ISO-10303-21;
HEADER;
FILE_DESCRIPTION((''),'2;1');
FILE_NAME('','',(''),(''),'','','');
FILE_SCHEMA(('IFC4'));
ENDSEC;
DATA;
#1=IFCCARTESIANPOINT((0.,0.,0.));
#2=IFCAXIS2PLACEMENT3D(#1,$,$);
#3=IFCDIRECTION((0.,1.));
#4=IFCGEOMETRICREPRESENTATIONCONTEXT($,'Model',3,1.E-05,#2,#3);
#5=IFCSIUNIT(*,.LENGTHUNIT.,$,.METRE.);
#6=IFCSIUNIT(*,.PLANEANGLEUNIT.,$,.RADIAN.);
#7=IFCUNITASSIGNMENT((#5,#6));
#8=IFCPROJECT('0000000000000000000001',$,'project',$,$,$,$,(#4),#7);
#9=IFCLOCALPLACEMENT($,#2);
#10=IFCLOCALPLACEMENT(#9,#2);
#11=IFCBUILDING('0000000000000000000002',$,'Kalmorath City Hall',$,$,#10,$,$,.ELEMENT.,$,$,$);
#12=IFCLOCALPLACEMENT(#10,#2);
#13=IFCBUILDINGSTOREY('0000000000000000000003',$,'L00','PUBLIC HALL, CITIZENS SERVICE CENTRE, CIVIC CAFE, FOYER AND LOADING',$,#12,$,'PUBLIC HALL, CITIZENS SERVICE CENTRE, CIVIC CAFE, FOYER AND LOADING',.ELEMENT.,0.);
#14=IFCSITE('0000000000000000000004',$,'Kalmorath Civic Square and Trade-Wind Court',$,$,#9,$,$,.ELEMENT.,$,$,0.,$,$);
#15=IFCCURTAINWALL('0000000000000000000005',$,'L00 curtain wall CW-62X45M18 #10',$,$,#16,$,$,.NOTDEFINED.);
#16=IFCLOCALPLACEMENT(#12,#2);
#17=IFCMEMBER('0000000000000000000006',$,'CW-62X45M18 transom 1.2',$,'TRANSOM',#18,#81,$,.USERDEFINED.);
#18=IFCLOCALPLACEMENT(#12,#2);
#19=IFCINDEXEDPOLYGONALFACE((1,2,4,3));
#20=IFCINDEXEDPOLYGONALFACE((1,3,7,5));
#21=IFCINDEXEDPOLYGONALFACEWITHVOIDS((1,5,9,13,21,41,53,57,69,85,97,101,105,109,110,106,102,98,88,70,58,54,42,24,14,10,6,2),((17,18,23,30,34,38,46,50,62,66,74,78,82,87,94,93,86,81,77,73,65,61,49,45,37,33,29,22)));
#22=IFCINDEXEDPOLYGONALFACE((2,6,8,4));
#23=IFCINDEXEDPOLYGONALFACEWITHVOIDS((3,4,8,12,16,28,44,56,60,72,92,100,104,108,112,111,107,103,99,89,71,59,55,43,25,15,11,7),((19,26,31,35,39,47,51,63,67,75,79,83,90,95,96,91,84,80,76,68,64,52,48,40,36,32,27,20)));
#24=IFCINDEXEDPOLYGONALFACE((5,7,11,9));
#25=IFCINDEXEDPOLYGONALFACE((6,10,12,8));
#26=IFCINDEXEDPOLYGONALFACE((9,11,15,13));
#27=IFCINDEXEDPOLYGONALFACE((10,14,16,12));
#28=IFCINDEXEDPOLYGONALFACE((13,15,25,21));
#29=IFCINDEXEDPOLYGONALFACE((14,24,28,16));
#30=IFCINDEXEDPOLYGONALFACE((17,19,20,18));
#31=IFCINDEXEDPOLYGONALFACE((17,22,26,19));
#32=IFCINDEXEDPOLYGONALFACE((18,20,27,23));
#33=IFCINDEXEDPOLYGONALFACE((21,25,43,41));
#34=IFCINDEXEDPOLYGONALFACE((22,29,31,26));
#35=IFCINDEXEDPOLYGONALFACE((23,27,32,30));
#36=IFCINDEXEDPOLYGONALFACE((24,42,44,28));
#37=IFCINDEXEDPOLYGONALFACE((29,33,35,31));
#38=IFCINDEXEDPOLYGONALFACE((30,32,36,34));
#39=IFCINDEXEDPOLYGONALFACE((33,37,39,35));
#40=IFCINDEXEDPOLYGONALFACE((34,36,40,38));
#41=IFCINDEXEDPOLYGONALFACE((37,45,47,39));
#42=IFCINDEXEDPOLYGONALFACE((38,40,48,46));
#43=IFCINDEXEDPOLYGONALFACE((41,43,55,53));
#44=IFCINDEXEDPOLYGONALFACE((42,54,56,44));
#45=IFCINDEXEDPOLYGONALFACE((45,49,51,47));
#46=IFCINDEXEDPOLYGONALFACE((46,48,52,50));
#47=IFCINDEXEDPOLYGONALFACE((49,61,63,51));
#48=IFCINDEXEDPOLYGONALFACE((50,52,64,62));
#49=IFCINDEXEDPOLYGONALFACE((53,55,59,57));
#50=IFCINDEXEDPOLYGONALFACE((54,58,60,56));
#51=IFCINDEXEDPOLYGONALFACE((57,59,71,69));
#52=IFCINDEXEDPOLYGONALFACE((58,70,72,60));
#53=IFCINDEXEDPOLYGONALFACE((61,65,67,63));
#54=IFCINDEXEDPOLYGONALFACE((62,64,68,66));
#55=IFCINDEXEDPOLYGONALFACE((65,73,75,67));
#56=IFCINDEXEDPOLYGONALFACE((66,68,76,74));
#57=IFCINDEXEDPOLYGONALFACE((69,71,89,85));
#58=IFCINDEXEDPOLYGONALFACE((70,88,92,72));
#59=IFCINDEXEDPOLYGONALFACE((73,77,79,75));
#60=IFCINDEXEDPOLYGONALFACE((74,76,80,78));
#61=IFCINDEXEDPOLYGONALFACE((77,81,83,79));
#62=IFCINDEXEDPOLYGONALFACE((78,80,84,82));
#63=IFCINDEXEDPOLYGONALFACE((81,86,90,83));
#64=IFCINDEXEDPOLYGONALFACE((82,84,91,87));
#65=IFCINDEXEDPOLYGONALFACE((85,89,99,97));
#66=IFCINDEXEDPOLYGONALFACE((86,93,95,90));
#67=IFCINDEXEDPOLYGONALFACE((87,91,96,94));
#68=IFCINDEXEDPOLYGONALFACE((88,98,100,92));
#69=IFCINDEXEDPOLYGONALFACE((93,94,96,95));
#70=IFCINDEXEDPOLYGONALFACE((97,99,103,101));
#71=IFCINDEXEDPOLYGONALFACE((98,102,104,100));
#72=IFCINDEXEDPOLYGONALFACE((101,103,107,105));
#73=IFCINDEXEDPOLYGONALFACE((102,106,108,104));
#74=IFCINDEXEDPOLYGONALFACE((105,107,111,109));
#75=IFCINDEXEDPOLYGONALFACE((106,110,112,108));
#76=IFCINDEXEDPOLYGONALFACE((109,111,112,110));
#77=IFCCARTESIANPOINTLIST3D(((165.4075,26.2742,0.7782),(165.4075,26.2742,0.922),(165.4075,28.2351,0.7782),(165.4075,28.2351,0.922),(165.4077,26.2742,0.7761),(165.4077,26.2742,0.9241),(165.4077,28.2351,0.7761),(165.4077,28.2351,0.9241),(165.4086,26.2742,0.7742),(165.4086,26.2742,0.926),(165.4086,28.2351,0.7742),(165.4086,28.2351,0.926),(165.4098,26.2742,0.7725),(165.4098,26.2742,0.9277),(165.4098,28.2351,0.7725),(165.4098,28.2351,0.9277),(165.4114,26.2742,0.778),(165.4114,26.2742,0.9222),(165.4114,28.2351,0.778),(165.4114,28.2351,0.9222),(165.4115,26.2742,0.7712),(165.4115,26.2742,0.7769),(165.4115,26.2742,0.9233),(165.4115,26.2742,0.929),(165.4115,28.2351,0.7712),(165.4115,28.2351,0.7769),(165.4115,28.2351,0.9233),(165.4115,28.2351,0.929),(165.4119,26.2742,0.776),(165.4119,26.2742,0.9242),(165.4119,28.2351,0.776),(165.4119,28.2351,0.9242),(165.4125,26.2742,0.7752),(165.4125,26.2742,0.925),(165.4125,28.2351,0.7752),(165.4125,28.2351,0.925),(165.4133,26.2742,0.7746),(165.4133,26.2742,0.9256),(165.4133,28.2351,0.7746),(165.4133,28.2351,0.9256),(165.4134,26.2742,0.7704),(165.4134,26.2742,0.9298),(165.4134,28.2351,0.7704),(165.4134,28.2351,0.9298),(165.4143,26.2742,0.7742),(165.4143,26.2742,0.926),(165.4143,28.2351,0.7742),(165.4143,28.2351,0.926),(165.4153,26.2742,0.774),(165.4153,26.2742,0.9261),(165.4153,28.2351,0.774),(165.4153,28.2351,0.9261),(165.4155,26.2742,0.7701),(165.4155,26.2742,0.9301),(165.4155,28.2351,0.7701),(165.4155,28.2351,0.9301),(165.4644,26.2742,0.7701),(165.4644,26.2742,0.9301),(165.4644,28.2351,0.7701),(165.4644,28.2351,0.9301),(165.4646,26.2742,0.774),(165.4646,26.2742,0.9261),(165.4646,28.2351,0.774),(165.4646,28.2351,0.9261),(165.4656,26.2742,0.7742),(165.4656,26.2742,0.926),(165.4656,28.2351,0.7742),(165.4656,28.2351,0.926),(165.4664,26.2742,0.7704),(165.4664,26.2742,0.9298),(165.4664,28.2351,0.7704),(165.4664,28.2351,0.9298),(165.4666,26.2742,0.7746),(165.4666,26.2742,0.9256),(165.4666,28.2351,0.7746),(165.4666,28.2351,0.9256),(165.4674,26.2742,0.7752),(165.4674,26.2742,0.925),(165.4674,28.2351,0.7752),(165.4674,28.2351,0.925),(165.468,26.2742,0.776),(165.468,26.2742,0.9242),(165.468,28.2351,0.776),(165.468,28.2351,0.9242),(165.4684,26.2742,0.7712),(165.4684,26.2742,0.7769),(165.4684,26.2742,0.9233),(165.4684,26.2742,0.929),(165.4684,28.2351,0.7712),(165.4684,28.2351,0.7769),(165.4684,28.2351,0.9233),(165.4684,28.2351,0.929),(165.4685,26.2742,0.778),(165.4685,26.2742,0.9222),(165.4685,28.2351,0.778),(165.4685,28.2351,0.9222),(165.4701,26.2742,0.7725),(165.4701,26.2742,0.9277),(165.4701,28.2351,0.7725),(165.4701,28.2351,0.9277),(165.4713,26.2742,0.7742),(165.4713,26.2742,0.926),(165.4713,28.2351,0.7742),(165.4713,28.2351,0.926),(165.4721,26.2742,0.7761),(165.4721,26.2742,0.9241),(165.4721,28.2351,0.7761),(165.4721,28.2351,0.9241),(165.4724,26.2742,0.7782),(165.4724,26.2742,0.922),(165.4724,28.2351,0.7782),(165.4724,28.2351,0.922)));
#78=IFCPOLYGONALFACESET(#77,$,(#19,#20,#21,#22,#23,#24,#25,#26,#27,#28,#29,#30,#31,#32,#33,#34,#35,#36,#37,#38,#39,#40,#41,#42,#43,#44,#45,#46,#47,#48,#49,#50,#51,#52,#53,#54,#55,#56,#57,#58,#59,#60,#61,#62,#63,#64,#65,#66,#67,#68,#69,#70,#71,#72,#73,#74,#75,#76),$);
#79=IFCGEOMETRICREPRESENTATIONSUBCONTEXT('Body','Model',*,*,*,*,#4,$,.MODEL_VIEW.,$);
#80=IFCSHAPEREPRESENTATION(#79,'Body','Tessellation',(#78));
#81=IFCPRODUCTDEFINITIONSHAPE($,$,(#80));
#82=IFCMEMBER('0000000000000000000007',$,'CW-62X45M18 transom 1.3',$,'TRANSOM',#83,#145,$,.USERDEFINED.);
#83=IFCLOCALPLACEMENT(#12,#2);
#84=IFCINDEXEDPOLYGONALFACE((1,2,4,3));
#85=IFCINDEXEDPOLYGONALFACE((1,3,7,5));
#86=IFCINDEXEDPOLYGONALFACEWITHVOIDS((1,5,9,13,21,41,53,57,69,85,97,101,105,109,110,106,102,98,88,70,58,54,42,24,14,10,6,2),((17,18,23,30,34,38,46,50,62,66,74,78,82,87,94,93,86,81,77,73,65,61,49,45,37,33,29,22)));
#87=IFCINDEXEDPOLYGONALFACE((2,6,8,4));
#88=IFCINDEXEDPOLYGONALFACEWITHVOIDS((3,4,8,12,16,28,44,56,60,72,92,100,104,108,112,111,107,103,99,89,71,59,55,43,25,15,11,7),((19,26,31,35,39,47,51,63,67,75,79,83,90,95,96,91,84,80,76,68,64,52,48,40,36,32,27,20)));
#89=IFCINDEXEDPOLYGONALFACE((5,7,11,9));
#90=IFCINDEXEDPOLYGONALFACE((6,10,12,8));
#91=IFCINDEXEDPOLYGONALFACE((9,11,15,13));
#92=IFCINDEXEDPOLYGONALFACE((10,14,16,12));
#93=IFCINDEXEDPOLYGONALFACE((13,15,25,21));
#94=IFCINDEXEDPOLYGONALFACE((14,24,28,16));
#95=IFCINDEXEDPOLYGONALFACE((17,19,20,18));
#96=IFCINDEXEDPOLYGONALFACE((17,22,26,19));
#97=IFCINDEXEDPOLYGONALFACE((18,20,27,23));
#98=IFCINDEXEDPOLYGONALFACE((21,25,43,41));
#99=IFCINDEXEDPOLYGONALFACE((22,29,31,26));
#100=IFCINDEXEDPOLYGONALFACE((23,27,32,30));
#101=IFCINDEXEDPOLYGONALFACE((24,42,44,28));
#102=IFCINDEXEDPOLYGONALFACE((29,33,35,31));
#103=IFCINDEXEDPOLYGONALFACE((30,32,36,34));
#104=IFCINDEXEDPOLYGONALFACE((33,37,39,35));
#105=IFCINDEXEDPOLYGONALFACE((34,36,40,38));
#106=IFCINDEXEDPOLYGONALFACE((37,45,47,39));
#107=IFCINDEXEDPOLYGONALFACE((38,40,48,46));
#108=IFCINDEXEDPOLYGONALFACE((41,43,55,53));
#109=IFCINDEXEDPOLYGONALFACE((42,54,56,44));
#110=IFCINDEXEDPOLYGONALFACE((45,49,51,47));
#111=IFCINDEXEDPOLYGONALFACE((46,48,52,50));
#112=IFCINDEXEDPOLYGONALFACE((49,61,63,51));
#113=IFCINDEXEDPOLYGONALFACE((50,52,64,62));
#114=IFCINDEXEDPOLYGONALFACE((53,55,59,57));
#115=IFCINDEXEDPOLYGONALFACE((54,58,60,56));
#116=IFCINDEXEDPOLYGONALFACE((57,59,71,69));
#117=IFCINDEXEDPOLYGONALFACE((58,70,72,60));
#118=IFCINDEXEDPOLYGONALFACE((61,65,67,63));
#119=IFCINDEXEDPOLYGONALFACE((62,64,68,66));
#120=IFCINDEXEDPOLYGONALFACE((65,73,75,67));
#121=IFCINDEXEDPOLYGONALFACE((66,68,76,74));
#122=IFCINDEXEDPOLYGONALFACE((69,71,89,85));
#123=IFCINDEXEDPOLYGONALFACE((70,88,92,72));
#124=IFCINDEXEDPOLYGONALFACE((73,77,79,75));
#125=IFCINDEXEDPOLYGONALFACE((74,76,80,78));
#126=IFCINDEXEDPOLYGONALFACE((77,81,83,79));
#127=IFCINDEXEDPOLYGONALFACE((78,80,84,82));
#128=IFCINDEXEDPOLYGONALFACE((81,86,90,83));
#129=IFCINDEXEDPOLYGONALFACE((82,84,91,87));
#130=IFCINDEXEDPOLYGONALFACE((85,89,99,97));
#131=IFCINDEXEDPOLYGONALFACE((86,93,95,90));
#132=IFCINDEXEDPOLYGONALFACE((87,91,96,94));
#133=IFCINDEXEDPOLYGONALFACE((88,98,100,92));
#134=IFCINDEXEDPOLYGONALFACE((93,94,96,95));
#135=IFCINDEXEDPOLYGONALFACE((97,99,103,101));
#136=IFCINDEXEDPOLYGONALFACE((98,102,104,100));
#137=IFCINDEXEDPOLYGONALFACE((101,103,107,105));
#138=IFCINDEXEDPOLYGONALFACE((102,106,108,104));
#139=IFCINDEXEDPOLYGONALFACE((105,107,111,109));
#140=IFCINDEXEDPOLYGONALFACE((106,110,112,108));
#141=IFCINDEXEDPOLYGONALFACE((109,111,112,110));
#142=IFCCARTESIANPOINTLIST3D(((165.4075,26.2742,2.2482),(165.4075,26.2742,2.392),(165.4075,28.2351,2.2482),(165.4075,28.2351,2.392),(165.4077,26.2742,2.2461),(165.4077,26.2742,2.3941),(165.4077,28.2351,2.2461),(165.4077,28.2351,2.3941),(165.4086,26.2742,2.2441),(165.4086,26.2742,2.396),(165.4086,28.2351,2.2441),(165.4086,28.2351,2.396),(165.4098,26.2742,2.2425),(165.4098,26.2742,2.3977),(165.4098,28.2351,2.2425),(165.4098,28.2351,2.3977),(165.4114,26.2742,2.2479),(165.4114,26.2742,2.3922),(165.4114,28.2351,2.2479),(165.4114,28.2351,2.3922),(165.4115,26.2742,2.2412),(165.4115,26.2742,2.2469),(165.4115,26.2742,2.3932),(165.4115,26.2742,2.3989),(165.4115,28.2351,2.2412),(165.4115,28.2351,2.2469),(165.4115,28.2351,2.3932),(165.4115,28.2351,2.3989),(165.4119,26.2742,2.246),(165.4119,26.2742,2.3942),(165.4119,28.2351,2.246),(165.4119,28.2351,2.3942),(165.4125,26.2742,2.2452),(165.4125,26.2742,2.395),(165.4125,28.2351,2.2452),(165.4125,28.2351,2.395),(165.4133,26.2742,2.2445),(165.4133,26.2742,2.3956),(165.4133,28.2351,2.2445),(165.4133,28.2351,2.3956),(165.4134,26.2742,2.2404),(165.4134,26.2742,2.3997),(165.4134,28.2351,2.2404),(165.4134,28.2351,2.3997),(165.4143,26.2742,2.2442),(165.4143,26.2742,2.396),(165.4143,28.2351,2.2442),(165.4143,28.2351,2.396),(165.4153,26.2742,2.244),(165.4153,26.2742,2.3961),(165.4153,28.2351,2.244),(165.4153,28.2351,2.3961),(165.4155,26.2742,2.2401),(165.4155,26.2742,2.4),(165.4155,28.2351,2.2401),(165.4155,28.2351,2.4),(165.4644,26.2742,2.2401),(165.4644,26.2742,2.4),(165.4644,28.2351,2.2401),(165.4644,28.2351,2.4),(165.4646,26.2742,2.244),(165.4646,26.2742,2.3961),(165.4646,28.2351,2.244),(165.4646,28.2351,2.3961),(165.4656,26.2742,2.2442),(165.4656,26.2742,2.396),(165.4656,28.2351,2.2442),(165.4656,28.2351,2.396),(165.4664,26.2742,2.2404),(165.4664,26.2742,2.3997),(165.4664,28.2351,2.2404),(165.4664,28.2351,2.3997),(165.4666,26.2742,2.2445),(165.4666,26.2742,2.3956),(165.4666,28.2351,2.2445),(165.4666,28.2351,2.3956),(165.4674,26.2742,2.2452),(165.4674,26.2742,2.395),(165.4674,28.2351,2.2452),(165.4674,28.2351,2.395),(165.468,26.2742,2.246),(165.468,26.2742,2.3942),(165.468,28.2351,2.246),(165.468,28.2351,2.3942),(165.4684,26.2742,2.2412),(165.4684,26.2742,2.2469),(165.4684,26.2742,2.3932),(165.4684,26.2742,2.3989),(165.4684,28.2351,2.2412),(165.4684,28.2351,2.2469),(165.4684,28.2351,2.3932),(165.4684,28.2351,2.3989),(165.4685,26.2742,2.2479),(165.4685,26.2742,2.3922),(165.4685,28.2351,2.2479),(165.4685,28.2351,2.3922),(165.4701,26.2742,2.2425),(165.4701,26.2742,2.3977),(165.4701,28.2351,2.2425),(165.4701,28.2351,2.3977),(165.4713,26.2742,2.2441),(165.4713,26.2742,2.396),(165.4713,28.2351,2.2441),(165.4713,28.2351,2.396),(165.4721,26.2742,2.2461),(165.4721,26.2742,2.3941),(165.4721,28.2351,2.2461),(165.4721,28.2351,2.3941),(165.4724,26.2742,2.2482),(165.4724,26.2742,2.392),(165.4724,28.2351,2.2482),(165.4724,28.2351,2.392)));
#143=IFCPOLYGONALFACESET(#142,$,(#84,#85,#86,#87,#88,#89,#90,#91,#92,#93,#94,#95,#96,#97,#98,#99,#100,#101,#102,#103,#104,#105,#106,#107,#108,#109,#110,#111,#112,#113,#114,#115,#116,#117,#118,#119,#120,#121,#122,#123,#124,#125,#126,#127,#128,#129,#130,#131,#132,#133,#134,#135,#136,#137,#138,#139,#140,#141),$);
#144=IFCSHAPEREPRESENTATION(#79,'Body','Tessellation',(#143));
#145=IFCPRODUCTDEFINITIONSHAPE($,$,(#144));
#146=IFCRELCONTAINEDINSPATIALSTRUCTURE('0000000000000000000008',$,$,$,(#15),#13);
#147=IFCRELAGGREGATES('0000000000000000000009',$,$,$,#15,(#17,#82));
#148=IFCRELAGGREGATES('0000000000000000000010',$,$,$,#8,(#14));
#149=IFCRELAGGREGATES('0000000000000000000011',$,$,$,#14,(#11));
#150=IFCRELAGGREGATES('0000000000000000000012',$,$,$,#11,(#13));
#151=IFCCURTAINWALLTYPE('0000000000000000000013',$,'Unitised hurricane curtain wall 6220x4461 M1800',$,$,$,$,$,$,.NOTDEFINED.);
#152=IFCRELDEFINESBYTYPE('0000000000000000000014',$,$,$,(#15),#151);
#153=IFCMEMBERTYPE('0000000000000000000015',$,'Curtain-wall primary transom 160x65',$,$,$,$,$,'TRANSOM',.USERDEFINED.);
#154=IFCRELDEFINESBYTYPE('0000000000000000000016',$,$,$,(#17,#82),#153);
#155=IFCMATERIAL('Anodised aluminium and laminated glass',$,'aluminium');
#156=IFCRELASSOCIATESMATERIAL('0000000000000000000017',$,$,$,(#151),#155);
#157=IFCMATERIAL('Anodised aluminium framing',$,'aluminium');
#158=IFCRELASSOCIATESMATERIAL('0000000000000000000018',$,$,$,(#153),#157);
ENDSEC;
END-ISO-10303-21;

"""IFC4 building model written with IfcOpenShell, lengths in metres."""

from ifc_helpers import new_model, si_unit, direction, frame, origin, origin_2d, place, context, subcontext, project, spatial, hollow_rectangle, extrude, material, material_profile, profile_set, type_object, element, aggregate, save


model = new_model("IFC4")

# Units and contexts
model_context = context("Model", 3, precision=1e-05, world=origin(), true_north=direction((0.0, 1.0)))
body_context = subcontext(model_context, "Body", "Model", "MODEL_VIEW")
ifc_project = project(units=[si_unit("LENGTHUNIT", "METRE"), si_unit("PLANEANGLEUNIT", "RADIAN")], contexts=[model_context])

# Site, building, storey
site_placement = place(None, origin())
site = spatial("IfcSite", under=ifc_project, at=site_placement, Name="Kalmorath Civic Square and Trade-Wind Court", CompositionType="ELEMENT", RefElevation=0.0)
building_placement = place(site_placement, origin())
building = spatial("IfcBuilding", under=site, at=building_placement, Name="Kalmorath City Hall", CompositionType="ELEMENT")
storey_placement = place(building_placement, origin())
storey = spatial("IfcBuildingStorey", under=building, at=storey_placement, Name="L00", Description="PUBLIC HALL, CITIZENS SERVICE CENTRE, CIVIC CAFE, FOYER AND LOADING", LongName="PUBLIC HALL, CITIZENS SERVICE CENTRE, CIVIC CAFE, FOYER AND LOADING", CompositionType="ELEMENT", Elevation=0.0)

# Curtain wall, members
ifc_material_1 = material(Name="Anodised aluminium and laminated glass", Category="aluminium")
curtain_wall_type = type_object("IfcCurtainWallType", Name="Unitised hurricane curtain wall 6220x4461 M1800", PredefinedType="NOTDEFINED", material=ifc_material_1)
curtain_wall_placement = place(storey_placement, origin())
curtain_wall = element("IfcCurtainWall", 1, at=curtain_wall_placement, inside=storey, type_object=curtain_wall_type, Name="L00 curtain wall CW-62X45M18 #10", PredefinedType="NOTDEFINED")
ifc_material_2 = material(Name="Anodised aluminium framing", Category="aluminium")
ifc_material_profile_1 = material_profile(ifc_material_2, hollow_rectangle(XDim=0.0649, YDim=0.1599, WallThickness=0.0039, InnerFilletRadius=0.0039, OuterFilletRadius=0.0081, at=origin_2d()), Name="ALU-TRN-160X65X4")
ifc_profile_set_1 = profile_set([ifc_material_profile_1], Name="Anodised aluminium framing")
member_type_1 = type_object("IfcMemberType", Name="Curtain-wall primary transom 160x65", ElementType="TRANSOM", PredefinedType="USERDEFINED", material=ifc_profile_set_1)
member_1_placement = place(storey_placement, frame((165.4399, 28.2351, 0.8501), z_axis=(0.0, -1.0, 0.0), x_axis=(1.0, 0.0, 0.0)))
member_1 = element("IfcMember", 2, at=member_1_placement, type_object=member_type_1, Name="CW-62X45M18 transom 1.2", ObjectType="TRANSOM", PredefinedType="USERDEFINED", context=body_context, shape_type="SweptSolid", body=[
    extrude(hollow_rectangle(XDim=0.0649, YDim=0.1599, WallThickness=0.0039, InnerFilletRadius=0.0039, OuterFilletRadius=0.0081, at=origin_2d()), origin(), (0.0, 0.0, 1.0), 1.9609),
])
member_2_placement = place(storey_placement, frame((165.4399, 28.2351, 2.3201), z_axis=(0.0, -1.0, 0.0), x_axis=(1.0, 0.0, 0.0)))
member_2 = element("IfcMember", 3, at=member_2_placement, type_object=member_type_1, Name="CW-62X45M18 transom 1.3", ObjectType="TRANSOM", PredefinedType="USERDEFINED", context=body_context, shape_type="SweptSolid", body=[
    extrude(hollow_rectangle(XDim=0.0649, YDim=0.1599, WallThickness=0.0039, InnerFilletRadius=0.0039, OuterFilletRadius=0.0081, at=origin_2d()), origin(), (0.0, 0.0, 1.0), 1.9609),
])
aggregate(curtain_wall, [member_1, member_2])

save(model, "model.ifc")
